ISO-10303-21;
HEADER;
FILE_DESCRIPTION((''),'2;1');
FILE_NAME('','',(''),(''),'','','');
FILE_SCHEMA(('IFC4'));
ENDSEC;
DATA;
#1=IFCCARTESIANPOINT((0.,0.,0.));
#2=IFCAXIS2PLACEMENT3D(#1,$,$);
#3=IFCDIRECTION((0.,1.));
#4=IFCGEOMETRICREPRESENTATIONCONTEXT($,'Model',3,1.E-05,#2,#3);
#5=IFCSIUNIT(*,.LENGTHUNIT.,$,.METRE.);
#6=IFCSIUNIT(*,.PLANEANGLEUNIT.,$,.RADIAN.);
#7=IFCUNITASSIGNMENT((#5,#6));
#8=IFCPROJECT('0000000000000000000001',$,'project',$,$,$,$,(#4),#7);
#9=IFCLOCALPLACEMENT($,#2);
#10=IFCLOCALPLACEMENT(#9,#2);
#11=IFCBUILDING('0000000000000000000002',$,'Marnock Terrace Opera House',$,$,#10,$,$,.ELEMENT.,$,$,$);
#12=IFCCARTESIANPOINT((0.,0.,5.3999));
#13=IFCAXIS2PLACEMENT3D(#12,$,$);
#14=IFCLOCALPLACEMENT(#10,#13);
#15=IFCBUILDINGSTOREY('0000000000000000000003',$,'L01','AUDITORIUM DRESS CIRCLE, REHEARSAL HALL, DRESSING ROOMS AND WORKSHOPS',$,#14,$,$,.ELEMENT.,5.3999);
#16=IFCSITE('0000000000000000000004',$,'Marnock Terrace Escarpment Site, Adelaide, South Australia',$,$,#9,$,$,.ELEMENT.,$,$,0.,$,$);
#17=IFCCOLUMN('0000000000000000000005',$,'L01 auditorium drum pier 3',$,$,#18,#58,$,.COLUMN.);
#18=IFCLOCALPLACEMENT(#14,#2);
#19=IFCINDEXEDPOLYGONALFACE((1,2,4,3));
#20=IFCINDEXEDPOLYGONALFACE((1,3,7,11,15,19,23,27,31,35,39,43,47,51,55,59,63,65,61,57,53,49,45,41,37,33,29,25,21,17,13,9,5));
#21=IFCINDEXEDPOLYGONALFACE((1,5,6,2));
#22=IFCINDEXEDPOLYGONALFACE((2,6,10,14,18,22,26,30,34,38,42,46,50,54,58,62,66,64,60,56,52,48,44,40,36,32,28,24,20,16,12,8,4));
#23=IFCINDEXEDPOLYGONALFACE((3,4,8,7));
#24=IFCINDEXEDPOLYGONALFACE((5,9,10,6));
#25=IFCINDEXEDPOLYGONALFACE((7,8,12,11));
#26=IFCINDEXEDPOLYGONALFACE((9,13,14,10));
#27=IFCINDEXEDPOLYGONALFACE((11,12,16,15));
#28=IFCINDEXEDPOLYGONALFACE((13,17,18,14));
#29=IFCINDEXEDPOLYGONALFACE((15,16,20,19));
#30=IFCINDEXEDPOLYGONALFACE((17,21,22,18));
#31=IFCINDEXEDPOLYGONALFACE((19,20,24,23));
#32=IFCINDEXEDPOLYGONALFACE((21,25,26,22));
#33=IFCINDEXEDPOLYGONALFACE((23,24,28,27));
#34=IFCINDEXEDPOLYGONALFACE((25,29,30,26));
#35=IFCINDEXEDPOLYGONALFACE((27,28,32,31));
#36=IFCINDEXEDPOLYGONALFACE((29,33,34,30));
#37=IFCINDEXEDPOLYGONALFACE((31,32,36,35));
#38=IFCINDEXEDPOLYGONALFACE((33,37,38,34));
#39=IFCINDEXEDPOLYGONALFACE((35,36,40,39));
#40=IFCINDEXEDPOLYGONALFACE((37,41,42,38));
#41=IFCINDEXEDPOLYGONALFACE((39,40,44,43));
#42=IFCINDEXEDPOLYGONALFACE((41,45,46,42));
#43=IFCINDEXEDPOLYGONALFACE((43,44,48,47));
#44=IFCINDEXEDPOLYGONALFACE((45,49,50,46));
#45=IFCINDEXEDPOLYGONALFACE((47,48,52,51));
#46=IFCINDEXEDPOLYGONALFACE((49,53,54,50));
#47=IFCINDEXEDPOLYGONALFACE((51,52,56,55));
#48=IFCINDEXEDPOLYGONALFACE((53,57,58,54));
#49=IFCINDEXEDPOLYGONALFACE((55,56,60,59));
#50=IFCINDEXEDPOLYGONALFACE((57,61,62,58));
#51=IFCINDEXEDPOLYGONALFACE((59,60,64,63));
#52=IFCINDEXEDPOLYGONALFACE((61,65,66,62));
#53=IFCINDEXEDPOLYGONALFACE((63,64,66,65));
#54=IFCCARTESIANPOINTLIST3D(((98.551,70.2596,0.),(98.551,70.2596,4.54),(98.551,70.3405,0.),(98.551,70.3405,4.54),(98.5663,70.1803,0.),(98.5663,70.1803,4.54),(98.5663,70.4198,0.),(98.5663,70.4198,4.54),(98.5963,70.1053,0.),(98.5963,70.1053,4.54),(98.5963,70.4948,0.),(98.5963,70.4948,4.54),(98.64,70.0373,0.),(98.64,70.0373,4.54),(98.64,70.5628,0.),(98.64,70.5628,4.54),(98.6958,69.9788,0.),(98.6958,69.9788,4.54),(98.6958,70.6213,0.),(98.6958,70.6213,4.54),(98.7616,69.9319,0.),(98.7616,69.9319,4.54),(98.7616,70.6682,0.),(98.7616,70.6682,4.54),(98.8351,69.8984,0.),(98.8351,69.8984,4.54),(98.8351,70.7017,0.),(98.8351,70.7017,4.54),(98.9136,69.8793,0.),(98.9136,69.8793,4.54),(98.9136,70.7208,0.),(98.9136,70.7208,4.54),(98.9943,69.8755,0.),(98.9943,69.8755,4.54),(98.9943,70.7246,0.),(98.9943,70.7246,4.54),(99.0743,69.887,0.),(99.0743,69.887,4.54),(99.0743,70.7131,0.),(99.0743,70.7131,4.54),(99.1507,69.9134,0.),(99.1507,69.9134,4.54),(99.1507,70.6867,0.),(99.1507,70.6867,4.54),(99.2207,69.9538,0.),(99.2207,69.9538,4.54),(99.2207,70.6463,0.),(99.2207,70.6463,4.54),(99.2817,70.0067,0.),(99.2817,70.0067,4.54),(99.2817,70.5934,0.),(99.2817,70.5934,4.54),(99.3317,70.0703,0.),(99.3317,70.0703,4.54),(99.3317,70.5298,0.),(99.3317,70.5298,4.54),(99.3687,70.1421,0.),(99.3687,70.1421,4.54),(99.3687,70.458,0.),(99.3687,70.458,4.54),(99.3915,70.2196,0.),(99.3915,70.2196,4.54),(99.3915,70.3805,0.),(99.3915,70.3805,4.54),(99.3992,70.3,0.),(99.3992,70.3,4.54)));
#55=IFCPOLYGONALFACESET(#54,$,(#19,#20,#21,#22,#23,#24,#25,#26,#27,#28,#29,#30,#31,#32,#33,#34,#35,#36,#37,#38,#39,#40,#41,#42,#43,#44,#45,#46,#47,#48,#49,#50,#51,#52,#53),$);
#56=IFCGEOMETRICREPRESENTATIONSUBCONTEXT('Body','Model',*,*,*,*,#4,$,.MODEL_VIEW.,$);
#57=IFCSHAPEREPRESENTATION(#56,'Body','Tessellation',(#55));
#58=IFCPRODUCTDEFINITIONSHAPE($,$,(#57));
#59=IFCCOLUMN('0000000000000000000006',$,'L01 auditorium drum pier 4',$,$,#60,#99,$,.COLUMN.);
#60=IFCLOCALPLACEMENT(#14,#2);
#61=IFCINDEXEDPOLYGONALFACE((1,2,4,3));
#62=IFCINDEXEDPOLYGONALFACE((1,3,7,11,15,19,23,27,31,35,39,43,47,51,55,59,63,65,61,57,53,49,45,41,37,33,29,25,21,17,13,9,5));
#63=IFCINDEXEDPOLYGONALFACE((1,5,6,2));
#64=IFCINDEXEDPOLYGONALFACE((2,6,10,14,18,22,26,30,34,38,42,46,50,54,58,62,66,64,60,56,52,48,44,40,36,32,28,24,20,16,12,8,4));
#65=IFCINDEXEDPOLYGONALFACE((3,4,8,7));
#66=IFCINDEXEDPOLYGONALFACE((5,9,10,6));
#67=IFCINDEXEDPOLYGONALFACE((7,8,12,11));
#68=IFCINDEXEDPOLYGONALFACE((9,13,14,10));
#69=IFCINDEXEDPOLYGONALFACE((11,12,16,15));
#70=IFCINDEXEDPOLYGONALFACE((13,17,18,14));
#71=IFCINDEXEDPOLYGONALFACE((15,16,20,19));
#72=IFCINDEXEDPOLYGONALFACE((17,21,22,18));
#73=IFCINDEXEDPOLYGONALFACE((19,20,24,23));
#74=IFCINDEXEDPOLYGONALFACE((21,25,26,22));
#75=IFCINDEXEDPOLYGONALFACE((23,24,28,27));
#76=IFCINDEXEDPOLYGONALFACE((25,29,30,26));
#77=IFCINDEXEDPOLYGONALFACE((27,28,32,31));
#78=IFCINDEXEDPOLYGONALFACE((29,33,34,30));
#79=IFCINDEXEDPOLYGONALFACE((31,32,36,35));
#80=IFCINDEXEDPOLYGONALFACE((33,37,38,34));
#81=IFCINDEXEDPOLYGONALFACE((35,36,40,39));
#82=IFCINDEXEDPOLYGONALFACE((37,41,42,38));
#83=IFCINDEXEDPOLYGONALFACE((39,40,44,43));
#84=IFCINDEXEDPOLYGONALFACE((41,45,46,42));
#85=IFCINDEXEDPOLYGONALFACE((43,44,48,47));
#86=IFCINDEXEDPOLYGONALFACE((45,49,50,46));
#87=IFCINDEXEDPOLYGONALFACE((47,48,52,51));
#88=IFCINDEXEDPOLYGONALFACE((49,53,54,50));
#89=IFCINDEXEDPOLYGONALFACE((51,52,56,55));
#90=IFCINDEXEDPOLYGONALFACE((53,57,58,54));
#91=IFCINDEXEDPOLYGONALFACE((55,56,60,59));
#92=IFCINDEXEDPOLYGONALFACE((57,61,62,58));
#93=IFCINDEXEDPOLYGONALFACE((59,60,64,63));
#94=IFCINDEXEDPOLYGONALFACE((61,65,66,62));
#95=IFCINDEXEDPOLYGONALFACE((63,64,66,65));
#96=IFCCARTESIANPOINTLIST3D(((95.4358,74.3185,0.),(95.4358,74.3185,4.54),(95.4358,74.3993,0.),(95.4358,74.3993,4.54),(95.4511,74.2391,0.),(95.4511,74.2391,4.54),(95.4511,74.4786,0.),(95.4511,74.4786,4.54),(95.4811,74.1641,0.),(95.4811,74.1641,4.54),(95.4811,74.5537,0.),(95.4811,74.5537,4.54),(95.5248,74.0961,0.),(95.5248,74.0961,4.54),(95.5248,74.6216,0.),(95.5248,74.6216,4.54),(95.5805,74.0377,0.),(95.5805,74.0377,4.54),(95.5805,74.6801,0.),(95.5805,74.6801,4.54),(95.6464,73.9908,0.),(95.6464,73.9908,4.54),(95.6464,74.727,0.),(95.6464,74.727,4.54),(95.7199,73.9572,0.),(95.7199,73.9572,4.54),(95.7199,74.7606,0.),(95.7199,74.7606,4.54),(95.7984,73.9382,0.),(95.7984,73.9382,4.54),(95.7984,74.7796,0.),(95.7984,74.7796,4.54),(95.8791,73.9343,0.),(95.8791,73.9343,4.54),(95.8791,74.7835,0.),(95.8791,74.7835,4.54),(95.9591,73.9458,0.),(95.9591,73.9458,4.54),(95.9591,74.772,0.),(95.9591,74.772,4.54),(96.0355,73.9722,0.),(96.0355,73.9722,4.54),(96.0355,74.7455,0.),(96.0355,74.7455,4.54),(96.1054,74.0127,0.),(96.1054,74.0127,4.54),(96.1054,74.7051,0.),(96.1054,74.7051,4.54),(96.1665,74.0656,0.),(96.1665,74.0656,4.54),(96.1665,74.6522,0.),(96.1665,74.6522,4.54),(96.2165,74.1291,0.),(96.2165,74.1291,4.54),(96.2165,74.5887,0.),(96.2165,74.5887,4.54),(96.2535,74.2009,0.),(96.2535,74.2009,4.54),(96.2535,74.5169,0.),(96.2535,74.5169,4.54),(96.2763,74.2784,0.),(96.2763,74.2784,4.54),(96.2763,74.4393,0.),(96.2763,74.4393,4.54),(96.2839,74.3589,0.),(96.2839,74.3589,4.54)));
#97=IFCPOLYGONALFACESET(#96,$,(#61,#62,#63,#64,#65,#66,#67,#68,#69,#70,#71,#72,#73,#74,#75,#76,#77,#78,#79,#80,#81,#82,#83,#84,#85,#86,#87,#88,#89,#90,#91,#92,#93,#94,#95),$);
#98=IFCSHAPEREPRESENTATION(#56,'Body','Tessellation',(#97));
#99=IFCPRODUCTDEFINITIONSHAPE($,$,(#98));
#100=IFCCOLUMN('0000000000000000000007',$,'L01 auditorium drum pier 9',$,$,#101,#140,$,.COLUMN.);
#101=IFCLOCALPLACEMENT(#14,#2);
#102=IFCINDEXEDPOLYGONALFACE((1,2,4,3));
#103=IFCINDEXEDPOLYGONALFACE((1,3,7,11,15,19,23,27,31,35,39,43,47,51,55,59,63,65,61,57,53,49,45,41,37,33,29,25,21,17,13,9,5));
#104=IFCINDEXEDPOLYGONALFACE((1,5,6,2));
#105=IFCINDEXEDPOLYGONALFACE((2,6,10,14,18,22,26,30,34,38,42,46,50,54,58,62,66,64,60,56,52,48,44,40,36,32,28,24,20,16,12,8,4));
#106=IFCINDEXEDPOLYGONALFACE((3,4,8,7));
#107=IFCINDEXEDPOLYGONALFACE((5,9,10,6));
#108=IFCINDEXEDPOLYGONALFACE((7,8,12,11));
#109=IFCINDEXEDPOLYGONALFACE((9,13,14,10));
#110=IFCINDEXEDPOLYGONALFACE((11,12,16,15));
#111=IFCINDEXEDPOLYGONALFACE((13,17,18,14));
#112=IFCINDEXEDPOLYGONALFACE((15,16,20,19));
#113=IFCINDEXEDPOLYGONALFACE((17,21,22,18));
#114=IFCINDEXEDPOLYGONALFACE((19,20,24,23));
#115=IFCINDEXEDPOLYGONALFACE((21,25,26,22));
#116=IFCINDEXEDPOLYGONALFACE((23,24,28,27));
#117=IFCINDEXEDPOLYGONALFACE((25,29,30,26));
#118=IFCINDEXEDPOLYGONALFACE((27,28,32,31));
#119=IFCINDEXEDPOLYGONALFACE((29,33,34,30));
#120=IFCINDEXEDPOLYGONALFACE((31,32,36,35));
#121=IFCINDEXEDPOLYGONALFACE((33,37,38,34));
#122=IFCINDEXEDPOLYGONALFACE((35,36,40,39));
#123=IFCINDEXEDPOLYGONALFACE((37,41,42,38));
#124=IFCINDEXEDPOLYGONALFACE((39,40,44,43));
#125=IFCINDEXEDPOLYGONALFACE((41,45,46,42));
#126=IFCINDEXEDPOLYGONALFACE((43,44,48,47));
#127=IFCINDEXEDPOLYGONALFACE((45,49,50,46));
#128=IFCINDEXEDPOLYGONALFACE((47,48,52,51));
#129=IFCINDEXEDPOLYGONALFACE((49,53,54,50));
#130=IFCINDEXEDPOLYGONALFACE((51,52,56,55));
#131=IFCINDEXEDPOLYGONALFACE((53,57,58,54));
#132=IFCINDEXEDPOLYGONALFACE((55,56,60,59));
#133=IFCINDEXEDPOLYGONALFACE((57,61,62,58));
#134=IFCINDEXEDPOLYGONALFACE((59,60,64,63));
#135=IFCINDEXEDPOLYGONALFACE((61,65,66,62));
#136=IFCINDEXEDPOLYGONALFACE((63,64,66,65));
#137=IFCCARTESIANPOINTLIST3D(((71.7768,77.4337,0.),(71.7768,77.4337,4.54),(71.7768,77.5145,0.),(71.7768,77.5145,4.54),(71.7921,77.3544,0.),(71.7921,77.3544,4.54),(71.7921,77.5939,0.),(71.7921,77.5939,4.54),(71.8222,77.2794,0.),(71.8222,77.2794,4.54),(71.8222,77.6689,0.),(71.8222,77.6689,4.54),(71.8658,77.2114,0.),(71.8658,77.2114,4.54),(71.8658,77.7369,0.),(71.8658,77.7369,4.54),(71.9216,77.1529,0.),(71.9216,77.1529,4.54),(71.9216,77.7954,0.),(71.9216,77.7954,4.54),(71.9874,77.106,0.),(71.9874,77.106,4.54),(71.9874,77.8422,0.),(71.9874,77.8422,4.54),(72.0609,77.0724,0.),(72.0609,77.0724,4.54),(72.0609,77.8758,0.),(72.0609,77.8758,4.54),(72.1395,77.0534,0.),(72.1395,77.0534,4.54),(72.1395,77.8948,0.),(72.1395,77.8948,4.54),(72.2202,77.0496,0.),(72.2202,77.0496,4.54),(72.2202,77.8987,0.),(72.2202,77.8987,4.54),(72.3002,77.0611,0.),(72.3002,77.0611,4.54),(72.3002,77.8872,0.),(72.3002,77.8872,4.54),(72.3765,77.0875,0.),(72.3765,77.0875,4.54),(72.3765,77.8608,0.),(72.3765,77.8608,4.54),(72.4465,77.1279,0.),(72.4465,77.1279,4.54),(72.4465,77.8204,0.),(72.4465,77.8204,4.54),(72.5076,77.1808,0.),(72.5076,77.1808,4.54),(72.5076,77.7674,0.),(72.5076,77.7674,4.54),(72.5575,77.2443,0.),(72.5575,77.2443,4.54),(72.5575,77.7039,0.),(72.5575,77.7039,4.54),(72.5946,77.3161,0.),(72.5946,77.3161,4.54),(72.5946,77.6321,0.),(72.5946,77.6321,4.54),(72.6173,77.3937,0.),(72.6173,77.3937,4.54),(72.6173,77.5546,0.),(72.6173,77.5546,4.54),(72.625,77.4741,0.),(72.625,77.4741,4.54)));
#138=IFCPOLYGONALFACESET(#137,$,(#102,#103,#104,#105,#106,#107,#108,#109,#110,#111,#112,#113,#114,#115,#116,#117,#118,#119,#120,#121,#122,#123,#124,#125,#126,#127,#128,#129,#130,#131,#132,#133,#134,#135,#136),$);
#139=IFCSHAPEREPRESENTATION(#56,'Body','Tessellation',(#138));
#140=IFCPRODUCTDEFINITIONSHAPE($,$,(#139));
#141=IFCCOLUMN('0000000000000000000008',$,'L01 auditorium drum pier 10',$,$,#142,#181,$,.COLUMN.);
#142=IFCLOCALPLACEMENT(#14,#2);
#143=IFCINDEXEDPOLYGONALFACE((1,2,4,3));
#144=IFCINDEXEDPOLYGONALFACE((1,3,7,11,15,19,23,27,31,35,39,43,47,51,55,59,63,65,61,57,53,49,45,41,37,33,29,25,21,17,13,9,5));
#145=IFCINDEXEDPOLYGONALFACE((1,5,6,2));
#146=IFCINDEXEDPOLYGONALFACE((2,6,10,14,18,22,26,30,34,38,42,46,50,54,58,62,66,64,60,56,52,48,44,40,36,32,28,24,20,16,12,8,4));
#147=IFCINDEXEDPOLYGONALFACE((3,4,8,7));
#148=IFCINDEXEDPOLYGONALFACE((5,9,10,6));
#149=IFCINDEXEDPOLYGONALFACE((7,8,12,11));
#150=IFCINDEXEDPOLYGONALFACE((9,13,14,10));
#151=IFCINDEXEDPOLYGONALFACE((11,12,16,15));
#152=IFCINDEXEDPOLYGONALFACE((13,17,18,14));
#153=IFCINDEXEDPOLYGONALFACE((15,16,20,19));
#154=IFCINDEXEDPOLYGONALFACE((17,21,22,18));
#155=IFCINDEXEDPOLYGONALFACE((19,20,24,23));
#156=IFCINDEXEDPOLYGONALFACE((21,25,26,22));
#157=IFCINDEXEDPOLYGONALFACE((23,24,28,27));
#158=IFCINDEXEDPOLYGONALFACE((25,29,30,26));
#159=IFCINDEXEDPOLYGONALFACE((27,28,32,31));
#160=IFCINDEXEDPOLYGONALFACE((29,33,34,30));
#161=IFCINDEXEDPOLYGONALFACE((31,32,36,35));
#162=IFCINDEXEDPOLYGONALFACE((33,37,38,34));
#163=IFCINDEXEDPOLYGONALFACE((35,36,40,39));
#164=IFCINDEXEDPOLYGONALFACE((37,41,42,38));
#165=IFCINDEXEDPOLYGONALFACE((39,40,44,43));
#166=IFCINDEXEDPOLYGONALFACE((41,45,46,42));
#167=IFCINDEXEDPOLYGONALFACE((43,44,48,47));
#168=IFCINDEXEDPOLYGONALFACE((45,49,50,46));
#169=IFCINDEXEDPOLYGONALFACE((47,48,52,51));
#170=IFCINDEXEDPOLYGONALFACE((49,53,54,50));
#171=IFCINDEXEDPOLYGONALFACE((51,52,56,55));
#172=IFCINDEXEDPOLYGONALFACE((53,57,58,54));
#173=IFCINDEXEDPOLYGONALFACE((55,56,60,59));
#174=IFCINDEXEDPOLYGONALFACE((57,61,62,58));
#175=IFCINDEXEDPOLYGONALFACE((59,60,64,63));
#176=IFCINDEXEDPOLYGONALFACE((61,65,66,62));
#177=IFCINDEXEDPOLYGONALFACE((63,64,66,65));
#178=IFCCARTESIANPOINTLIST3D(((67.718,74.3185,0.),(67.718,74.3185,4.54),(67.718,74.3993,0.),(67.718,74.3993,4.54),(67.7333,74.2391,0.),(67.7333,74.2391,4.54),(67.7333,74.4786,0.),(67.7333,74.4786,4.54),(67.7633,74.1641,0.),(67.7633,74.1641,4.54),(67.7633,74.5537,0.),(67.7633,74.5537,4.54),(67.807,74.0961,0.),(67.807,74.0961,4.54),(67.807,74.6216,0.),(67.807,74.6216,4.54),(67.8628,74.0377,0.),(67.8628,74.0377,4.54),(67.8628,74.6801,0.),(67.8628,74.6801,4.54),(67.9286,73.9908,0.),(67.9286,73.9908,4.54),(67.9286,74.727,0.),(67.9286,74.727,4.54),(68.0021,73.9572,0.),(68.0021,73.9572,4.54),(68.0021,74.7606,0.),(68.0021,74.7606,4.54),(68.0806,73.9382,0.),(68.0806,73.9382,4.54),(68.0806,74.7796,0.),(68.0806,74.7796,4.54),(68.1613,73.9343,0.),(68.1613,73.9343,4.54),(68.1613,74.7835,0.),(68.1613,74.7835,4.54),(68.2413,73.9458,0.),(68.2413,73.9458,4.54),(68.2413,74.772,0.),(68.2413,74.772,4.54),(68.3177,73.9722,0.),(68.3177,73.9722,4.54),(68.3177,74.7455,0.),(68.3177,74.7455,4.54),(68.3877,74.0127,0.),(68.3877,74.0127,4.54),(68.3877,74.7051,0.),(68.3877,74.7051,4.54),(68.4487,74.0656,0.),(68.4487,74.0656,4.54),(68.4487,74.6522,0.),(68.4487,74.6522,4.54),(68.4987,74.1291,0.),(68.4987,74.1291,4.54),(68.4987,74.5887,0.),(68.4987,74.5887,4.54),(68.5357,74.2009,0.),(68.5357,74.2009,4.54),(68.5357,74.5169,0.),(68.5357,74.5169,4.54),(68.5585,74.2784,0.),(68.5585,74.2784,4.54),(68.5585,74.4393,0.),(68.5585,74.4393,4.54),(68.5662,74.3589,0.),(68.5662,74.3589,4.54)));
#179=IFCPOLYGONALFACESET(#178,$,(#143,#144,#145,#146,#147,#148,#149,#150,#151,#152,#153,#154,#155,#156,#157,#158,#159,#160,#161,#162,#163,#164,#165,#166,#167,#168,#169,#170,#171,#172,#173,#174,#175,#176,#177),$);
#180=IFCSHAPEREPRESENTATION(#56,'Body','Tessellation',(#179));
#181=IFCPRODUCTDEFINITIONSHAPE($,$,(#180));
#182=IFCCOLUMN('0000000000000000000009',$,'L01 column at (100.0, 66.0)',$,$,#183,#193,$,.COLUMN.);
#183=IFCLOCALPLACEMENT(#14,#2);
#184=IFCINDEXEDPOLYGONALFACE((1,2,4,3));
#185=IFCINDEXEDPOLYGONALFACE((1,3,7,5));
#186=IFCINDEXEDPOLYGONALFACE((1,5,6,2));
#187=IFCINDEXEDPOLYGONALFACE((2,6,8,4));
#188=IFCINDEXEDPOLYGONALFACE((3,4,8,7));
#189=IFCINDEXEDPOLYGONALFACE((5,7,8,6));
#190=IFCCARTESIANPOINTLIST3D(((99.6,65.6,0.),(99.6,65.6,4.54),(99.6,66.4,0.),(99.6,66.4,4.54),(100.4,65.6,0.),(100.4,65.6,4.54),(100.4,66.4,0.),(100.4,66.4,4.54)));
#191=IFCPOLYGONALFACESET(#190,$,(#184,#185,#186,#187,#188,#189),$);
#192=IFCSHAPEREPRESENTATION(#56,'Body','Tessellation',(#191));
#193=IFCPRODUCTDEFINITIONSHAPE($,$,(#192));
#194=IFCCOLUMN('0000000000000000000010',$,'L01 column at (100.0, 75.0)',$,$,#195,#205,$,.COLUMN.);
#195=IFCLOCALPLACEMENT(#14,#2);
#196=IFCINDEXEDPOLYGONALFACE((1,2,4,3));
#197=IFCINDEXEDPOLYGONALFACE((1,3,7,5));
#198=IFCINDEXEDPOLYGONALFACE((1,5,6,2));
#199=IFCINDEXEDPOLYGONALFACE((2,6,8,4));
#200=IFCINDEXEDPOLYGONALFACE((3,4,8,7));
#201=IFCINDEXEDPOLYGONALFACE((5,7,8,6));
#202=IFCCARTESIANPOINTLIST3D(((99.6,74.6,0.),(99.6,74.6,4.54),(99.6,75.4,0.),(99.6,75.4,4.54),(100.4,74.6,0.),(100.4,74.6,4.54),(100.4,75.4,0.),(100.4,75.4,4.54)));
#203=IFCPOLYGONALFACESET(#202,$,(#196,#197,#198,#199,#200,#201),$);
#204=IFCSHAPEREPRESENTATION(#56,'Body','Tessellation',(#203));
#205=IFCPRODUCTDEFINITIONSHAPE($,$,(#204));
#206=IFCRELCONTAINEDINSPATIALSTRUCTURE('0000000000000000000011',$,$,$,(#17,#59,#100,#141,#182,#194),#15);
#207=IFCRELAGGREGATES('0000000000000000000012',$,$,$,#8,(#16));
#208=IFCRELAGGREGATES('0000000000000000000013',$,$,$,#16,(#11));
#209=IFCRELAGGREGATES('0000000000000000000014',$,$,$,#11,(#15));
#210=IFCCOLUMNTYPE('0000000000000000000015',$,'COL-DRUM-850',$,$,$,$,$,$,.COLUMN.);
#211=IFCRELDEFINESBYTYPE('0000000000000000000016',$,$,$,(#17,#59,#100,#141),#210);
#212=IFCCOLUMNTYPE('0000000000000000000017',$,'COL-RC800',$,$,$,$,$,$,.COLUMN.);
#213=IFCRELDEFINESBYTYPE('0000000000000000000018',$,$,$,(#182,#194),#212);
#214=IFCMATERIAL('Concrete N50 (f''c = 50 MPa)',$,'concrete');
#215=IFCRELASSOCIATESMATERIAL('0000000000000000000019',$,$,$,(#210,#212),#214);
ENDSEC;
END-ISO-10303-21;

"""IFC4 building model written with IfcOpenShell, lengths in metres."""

from ifc_helpers import new_model, si_unit, direction, frame, origin, origin_2d, place, context, subcontext, project, spatial, rectangle, circle, extrude, material, material_profile, profile_set, type_object, element, save


model = new_model("IFC4")

# Units and contexts
model_context = context("Model", 3, precision=1e-05, world=origin(), true_north=direction((0.0, 1.0)))
body_context = subcontext(model_context, "Body", "Model", "MODEL_VIEW")
ifc_project = project(units=[si_unit("LENGTHUNIT", "METRE"), si_unit("PLANEANGLEUNIT", "RADIAN")], contexts=[model_context])

# Site, building, storey
site_placement = place(None, origin())
site = spatial("IfcSite", under=ifc_project, at=site_placement, Name="Marnock Terrace Escarpment Site, Adelaide, South Australia", CompositionType="ELEMENT", RefElevation=0.0)
building_placement = place(site_placement, origin())
building = spatial("IfcBuilding", under=site, at=building_placement, Name="Marnock Terrace Opera House", CompositionType="ELEMENT")
storey_placement = place(building_placement, frame((0.0, 0.0, 5.3999)))
storey = spatial("IfcBuildingStorey", under=building, at=storey_placement, Name="L01", Description="AUDITORIUM DRESS CIRCLE, REHEARSAL HALL, DRESSING ROOMS AND WORKSHOPS", CompositionType="ELEMENT", Elevation=5.3999)

# Columns
ifc_material_1 = material(Name="Concrete N50 (f'c = 50 MPa)", Category="concrete")
ifc_material_profile_1 = material_profile(ifc_material_1, circle(Radius=0.425, at=origin_2d()))
ifc_profile_set_1 = profile_set([ifc_material_profile_1], Name="Concrete N50 (f'c = 50 MPa)")
column_type_1 = type_object("IfcColumnType", Name="COL-DRUM-850", PredefinedType="COLUMN", material=ifc_profile_set_1)
for number, where, z_axis, x_axis, name in (
    (1, (98.9741, 70.3, 0.0), (0.0, 0.0, 1.0), (1.0, 0.0, 0.0), "L01 auditorium drum pier 3"),
    (2, (95.8589, 74.3589, 0.0), (0.0, 0.0, 1.0), (1.0, 0.0, 0.0), "L01 auditorium drum pier 4"),
    (3, (72.2, 77.4741, 0.0), (0.0, 0.0, 1.0), (1.0, 0.0, 0.0), "L01 auditorium drum pier 9"),
    (4, (68.1411, 74.3589, 0.0), (0.0, 0.0, 1.0), (1.0, 0.0, 0.0), "L01 auditorium drum pier 10"),
):
    element("IfcColumn", number, at=place(storey_placement, frame(where, z_axis=z_axis, x_axis=x_axis)), inside=storey, type_object=column_type_1, Name=name, PredefinedType="COLUMN", context=body_context, shape_type="SweptSolid", body=[
        extrude(circle(Radius=0.425, at=origin_2d()), origin(), (0.0, 0.0, 1.0), 4.54),
    ])
ifc_material_profile_2 = material_profile(ifc_material_1, rectangle(XDim=0.8, YDim=0.8, at=origin_2d()))
ifc_profile_set_2 = profile_set([ifc_material_profile_2], Name="Concrete N50 (f'c = 50 MPa)")
column_type_2 = type_object("IfcColumnType", Name="COL-RC800", PredefinedType="COLUMN", material=ifc_profile_set_2)
for number, where, z_axis, x_axis, name in (
    (5, (100.0, 66.0, 0.0), (0.0, 0.0, 1.0), (1.0, 0.0, 0.0), "L01 column at (100.0, 66.0)"),
    (6, (100.0, 75.0, 0.0), (0.0, 0.0, 1.0), (1.0, 0.0, 0.0), "L01 column at (100.0, 75.0)"),
):
    element("IfcColumn", number, at=place(storey_placement, frame(where, z_axis=z_axis, x_axis=x_axis)), inside=storey, type_object=column_type_2, Name=name, PredefinedType="COLUMN", context=body_context, shape_type="SweptSolid", body=[
        extrude(rectangle(XDim=0.8, YDim=0.8, at=origin_2d()), origin(), (0.0, 0.0, 1.0), 4.54),
    ])

save(model, "model.ifc")
